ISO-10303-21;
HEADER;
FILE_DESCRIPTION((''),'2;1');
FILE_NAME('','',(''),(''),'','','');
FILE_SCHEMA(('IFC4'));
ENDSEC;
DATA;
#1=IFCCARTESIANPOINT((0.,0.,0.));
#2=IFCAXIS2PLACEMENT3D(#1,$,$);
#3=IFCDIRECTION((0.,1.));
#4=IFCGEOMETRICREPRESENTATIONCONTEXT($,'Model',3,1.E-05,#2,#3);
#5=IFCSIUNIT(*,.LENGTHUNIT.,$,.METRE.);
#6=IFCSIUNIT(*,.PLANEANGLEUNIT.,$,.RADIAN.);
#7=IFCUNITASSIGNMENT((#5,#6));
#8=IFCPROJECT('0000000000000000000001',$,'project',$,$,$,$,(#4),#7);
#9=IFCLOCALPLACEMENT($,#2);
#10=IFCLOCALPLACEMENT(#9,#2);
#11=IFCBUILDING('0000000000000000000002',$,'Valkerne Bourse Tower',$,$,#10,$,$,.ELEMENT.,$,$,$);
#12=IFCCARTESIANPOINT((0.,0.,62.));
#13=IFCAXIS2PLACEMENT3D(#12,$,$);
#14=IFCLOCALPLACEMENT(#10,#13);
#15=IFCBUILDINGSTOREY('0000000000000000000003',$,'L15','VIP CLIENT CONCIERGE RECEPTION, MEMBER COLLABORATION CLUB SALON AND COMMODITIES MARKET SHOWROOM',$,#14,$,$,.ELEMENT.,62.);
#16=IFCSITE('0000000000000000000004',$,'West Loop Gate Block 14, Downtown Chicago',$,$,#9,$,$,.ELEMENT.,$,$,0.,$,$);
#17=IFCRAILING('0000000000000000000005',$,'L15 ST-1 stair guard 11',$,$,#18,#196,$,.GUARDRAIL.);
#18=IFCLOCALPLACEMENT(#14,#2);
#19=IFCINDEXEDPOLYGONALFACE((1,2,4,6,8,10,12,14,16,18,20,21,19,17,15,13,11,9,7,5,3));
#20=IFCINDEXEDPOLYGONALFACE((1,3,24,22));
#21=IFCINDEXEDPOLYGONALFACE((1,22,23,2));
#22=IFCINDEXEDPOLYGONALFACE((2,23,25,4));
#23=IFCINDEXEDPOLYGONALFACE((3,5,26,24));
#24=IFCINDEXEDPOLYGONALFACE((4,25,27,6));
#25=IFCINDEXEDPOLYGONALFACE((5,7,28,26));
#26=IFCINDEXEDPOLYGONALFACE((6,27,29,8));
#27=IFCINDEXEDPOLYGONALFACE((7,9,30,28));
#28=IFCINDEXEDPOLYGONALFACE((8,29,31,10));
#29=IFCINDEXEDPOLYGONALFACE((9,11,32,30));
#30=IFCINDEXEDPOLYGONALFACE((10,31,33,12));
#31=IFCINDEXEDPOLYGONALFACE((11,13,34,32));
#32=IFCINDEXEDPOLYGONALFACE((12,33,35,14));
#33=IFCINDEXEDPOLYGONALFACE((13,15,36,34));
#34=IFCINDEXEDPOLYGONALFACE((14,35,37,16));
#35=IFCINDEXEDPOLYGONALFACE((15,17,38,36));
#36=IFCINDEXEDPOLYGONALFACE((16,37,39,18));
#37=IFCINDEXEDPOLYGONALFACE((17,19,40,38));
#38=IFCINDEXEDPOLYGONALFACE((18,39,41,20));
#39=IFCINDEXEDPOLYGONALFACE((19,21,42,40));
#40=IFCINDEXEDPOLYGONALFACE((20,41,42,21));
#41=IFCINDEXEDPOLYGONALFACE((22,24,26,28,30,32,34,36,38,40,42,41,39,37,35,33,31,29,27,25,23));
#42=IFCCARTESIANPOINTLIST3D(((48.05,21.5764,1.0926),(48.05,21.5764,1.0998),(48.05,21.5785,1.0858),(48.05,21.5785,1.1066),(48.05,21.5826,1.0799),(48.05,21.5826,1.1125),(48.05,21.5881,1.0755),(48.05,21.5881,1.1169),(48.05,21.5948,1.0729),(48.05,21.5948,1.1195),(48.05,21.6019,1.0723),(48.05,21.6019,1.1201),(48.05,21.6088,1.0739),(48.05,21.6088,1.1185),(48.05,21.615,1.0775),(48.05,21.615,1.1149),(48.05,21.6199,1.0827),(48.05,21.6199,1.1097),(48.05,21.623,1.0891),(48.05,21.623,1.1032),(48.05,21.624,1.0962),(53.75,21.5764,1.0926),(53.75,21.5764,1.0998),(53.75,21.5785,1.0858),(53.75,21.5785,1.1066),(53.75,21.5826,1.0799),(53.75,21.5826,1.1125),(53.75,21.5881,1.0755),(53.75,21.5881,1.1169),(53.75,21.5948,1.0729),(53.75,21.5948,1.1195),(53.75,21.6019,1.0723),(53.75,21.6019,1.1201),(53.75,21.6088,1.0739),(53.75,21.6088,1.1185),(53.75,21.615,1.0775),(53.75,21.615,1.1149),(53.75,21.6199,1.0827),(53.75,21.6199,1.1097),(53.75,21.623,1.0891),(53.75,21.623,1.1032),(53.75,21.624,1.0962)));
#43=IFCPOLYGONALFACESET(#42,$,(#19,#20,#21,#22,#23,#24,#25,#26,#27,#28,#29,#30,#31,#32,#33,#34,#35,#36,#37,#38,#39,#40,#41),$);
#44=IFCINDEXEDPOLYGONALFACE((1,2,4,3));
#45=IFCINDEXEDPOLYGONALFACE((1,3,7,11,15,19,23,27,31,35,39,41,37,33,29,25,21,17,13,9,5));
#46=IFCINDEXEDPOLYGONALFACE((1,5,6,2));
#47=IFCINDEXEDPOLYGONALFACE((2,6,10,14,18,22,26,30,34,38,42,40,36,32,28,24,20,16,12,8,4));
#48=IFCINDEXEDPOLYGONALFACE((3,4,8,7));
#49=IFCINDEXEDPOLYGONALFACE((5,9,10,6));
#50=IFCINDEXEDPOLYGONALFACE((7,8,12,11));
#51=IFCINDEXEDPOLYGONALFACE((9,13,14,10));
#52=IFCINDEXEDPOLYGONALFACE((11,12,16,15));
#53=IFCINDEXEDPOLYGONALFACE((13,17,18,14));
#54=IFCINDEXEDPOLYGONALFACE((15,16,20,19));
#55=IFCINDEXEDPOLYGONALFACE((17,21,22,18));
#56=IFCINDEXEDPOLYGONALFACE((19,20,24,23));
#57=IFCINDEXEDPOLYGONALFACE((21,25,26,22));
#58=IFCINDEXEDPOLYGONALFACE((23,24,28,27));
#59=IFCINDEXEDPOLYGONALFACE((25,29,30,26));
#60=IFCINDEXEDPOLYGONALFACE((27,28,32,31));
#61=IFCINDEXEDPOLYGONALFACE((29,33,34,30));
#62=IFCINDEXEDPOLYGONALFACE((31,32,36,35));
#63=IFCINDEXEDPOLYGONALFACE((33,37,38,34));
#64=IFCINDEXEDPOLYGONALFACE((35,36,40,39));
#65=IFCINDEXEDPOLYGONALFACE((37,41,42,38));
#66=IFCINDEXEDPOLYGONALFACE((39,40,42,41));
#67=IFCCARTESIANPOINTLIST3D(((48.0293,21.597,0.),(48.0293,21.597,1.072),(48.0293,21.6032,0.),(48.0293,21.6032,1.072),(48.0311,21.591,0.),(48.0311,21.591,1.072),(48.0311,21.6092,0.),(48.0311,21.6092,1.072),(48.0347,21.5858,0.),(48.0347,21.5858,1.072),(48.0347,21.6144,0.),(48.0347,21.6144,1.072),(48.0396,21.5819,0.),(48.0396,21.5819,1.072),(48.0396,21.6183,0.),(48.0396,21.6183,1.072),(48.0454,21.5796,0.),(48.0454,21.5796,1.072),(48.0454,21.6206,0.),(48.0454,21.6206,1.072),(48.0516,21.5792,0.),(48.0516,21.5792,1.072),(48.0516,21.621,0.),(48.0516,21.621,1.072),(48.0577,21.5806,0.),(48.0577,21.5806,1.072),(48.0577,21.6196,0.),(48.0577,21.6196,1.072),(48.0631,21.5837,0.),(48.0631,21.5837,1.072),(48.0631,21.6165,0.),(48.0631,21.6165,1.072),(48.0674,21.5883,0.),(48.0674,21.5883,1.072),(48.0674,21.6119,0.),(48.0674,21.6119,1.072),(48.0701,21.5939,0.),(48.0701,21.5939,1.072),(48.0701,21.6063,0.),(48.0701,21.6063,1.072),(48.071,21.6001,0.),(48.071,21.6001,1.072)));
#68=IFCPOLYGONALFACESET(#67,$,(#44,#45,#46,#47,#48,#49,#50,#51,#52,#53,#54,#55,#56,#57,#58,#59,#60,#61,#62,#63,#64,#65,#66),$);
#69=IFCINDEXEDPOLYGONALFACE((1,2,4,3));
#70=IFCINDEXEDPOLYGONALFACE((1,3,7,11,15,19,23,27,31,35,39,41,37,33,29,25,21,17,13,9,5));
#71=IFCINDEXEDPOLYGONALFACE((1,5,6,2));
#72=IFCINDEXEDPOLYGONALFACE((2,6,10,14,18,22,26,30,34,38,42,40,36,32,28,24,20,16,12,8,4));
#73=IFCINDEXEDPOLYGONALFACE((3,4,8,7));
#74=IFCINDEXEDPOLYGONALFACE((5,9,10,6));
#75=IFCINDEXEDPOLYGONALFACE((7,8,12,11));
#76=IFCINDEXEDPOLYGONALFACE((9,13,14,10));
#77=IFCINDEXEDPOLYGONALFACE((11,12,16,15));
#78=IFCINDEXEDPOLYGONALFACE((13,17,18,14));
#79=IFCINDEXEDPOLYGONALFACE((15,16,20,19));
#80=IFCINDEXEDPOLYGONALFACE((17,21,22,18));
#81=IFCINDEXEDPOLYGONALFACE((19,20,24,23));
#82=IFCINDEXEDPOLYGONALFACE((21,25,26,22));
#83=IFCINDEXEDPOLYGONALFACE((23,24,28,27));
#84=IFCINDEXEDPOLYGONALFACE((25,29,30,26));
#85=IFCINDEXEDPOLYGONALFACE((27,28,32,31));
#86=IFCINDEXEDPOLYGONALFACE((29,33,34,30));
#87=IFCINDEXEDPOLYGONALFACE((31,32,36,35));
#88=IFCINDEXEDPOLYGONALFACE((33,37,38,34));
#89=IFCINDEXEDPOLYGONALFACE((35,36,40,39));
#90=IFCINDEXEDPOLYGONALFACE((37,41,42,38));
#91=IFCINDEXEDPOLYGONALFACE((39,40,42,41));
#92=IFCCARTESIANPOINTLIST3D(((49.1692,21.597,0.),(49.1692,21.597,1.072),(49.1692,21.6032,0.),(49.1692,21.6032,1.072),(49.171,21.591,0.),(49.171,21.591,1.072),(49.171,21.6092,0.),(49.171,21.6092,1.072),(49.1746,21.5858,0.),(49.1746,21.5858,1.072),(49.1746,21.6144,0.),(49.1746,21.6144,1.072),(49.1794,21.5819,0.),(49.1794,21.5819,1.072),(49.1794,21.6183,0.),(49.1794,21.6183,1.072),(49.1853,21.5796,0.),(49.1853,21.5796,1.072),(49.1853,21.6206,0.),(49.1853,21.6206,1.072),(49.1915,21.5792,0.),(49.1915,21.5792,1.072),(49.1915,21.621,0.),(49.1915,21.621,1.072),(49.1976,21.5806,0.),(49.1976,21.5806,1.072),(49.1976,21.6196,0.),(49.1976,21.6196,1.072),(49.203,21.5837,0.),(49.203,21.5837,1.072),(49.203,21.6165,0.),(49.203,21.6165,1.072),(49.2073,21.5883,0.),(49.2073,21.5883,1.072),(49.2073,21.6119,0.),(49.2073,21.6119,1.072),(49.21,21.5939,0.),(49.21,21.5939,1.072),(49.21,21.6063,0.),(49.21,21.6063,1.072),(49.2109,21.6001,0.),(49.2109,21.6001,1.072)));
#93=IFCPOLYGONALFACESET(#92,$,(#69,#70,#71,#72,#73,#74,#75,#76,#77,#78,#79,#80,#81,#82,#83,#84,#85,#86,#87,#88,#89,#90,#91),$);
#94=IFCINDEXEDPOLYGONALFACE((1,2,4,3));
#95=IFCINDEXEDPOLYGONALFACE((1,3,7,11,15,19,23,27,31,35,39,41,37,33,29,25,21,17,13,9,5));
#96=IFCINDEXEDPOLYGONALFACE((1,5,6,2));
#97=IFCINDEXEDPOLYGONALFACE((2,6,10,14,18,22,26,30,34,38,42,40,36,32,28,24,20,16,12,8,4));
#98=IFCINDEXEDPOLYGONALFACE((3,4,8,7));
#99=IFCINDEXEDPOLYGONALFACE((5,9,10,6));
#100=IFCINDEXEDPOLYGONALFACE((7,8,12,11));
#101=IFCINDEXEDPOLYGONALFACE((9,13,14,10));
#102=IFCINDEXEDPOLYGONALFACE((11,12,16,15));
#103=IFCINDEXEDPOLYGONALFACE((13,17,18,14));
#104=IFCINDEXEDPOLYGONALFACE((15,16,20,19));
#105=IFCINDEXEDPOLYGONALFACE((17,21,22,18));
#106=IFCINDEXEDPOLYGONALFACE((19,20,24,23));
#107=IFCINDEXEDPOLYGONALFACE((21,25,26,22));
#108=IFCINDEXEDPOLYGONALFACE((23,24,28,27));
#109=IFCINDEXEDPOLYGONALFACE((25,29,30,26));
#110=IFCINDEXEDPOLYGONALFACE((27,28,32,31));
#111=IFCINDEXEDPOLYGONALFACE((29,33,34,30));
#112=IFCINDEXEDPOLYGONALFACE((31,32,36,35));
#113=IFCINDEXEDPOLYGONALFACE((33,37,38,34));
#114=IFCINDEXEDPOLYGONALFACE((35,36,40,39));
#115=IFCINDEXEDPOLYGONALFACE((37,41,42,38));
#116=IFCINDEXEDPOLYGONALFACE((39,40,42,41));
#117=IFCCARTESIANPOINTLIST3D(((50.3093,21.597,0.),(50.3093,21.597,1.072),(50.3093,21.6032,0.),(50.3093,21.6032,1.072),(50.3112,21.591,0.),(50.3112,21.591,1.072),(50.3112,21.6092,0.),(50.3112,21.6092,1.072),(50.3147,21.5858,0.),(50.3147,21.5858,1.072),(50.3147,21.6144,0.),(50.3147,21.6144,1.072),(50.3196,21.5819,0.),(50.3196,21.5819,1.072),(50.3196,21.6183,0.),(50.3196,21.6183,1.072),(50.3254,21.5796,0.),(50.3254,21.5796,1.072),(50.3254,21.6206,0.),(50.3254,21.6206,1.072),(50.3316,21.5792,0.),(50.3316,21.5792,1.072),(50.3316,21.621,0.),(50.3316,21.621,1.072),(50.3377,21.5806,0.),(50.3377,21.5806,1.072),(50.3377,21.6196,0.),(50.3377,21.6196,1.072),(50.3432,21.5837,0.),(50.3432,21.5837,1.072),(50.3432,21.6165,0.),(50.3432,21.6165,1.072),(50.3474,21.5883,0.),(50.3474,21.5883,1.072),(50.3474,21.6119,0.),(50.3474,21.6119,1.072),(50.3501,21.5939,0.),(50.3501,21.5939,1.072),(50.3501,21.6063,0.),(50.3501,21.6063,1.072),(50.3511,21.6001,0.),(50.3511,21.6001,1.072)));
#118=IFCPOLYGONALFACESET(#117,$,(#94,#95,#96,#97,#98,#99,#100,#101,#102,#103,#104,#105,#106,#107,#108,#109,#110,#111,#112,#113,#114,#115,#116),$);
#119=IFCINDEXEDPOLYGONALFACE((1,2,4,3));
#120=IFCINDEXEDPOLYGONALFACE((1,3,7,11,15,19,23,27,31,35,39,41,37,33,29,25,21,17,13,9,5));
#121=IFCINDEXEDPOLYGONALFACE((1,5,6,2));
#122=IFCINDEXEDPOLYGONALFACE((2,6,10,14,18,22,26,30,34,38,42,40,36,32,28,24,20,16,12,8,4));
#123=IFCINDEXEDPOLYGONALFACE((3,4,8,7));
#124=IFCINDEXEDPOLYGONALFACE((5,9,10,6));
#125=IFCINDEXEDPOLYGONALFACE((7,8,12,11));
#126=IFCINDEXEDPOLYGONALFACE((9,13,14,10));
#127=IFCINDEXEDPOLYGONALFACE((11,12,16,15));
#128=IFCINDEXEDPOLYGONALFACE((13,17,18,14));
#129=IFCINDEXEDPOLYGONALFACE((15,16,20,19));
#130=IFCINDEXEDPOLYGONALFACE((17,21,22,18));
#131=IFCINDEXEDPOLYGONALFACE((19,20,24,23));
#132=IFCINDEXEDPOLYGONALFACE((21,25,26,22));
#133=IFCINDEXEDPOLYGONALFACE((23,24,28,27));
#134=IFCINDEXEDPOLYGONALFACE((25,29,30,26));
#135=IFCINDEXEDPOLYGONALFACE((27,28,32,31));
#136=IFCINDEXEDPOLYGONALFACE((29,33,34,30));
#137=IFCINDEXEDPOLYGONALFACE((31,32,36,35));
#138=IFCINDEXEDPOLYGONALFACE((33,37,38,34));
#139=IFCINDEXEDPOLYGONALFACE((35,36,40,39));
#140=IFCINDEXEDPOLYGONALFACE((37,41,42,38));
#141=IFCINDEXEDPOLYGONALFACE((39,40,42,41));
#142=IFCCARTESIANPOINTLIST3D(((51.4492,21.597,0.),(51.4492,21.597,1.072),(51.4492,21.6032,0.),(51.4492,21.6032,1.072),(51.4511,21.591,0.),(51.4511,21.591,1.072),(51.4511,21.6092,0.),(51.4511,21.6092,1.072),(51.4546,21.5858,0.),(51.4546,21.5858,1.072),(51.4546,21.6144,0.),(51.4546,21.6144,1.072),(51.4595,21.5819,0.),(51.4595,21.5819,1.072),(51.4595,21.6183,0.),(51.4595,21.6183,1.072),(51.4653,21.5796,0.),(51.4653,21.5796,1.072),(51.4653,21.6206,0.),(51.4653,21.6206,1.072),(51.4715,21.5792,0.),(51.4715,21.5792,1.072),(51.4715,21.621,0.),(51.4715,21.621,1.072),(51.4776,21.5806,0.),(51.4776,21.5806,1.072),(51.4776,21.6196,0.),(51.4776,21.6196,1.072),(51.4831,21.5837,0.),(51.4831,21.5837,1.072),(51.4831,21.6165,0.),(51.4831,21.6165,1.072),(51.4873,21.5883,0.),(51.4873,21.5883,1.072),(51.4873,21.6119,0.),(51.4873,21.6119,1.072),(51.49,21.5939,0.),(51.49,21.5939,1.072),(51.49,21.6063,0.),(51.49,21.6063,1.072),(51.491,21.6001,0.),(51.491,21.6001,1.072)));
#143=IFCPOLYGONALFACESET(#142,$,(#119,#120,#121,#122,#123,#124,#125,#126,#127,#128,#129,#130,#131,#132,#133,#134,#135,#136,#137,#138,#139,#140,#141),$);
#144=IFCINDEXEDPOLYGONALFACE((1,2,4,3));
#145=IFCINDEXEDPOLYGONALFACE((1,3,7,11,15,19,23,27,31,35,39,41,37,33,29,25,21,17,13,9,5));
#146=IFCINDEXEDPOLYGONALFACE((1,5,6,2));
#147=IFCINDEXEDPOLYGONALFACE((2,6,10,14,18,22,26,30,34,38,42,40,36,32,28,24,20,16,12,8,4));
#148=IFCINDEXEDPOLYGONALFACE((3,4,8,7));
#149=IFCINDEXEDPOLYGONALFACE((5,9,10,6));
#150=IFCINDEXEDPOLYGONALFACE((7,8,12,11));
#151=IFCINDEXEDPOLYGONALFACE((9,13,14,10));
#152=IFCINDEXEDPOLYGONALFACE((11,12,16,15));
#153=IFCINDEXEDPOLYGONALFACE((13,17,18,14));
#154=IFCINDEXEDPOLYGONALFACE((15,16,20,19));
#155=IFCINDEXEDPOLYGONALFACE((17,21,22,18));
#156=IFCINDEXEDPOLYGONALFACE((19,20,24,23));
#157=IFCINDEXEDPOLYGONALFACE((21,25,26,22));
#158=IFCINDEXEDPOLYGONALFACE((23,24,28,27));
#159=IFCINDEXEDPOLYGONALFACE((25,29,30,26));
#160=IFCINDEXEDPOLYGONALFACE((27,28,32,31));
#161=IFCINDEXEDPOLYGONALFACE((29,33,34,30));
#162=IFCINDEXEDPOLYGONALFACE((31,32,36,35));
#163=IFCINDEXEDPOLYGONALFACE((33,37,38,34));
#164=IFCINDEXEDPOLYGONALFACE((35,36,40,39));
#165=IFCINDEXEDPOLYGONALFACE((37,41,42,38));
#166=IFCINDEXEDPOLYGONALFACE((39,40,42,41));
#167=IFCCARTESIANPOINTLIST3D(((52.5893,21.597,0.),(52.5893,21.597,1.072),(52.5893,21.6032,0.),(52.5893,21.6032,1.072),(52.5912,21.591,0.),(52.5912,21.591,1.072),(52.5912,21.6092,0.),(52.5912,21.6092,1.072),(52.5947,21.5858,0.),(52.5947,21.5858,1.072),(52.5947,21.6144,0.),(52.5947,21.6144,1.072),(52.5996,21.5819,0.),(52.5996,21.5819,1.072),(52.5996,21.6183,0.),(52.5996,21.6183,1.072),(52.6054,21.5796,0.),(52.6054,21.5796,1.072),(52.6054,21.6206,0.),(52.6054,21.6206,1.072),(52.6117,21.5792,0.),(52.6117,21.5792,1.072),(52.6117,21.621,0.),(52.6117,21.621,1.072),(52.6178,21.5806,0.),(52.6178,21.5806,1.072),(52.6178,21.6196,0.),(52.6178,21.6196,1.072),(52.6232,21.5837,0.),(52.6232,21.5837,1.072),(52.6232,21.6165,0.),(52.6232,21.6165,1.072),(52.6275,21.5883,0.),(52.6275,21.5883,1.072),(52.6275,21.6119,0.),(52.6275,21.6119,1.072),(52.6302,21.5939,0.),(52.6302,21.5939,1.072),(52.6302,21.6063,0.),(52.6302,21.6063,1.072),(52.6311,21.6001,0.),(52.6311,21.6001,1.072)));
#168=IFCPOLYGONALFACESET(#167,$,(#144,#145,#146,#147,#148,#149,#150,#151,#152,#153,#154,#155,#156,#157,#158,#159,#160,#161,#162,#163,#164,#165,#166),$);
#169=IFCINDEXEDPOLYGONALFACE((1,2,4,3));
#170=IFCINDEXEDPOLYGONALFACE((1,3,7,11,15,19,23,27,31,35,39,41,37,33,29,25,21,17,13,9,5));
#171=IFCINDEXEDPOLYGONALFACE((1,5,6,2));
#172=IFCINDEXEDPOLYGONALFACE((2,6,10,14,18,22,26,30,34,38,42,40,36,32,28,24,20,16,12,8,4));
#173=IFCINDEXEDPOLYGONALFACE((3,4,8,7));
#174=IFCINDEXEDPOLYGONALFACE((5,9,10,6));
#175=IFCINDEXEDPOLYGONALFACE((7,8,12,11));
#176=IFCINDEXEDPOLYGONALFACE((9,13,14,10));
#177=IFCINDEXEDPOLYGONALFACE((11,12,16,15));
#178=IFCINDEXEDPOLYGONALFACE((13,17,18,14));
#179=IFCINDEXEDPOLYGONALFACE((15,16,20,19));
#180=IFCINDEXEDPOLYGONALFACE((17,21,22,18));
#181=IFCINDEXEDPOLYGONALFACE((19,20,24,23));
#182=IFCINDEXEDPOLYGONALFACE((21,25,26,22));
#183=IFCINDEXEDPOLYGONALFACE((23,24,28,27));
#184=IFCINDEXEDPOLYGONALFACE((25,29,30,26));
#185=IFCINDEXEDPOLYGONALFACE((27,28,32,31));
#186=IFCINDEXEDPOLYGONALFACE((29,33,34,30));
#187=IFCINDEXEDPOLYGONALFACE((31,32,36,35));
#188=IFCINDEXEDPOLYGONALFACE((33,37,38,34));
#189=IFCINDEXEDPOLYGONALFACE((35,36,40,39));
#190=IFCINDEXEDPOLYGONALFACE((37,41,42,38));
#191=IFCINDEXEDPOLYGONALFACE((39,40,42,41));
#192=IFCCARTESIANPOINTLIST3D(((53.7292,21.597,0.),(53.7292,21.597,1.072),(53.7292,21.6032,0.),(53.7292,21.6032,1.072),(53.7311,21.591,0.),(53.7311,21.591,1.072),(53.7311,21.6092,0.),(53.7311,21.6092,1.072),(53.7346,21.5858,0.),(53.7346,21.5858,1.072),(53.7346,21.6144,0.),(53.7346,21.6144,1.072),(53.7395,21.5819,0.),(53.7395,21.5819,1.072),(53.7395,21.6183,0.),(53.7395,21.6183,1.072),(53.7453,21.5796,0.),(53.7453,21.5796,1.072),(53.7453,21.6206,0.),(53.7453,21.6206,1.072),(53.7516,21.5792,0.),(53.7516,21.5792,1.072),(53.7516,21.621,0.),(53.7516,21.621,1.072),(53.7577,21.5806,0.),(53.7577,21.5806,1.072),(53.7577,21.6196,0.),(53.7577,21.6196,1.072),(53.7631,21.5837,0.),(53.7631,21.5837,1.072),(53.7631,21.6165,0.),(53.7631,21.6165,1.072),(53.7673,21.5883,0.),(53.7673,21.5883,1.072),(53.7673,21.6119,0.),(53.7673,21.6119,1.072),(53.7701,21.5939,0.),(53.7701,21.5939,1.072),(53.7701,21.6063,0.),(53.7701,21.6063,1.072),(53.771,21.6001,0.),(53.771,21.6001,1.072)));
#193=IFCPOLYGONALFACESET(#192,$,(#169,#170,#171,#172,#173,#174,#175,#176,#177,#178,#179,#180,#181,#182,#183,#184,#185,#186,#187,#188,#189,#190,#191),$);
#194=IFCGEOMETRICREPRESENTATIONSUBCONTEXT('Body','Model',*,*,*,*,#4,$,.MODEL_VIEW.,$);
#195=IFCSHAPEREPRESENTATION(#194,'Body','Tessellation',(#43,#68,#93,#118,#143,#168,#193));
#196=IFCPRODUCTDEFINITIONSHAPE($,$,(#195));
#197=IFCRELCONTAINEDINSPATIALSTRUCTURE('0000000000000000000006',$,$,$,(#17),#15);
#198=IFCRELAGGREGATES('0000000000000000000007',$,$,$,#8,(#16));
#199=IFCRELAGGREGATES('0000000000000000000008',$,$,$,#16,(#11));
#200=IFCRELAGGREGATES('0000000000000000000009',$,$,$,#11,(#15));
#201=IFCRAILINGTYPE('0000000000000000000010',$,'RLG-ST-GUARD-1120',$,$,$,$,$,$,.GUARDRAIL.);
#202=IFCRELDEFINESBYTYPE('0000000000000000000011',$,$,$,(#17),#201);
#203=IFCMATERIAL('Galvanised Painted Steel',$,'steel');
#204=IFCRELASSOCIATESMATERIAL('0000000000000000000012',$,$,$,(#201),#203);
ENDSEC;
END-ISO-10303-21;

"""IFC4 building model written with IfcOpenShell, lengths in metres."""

from ifc_helpers import new_model, si_unit, direction, frame, origin, origin_2d, place, context, subcontext, project, spatial, circle, extrude, material, type_object, element, save


model = new_model("IFC4")

# Units and contexts
model_context = context("Model", 3, precision=1e-05, world=origin(), true_north=direction((0.0, 1.0)))
body_context = subcontext(model_context, "Body", "Model", "MODEL_VIEW")
ifc_project = project(units=[si_unit("LENGTHUNIT", "METRE"), si_unit("PLANEANGLEUNIT", "RADIAN")], contexts=[model_context])

# Site, building, storey
site_placement = place(None, origin())
site = spatial("IfcSite", under=ifc_project, at=site_placement, Name="West Loop Gate Block 14, Downtown Chicago", CompositionType="ELEMENT", RefElevation=0.0)
building_placement = place(site_placement, origin())
building = spatial("IfcBuilding", under=site, at=building_placement, Name="Valkerne Bourse Tower", CompositionType="ELEMENT")
storey_placement = place(building_placement, frame((0.0, 0.0, 62.0)))
storey = spatial("IfcBuildingStorey", under=building, at=storey_placement, Name="L15", Description="VIP CLIENT CONCIERGE RECEPTION, MEMBER COLLABORATION CLUB SALON AND COMMODITIES MARKET SHOWROOM", CompositionType="ELEMENT", Elevation=62.0)

# Shared definitions
ifc_material_1 = material(Name="Galvanised Painted Steel", Category="steel")

# Railing
railing_type_1 = type_object("IfcRailingType", Name="RLG-ST-GUARD-1120", PredefinedType="GUARDRAIL", material=ifc_material_1)
railing_1_placement = place(storey_placement, frame((48.05, 21.6001, 0.0)))
element("IfcRailing", 1, at=railing_1_placement, inside=storey, type_object=railing_type_1, Name="L15 ST-1 stair guard 11", PredefinedType="GUARDRAIL", context=body_context, shape_type="SweptSolid", body=[
    extrude(circle(Radius=0.0239, at=origin_2d()), frame((0.0, 0.0, 1.0962), z_axis=(1.0, 0.0, 0.0), x_axis=(0.0, 1.0, 0.0)), (0.0, 0.0, 1.0), 5.7),
    extrude(circle(Radius=0.021, at=origin_2d()), origin(), (0.0, 0.0, 1.0), 1.072),
    extrude(circle(Radius=0.021, at=origin_2d()), frame((1.1399, 0.0, 0.0)), (0.0, 0.0, 1.0), 1.072),
    extrude(circle(Radius=0.021, at=origin_2d()), frame((2.28, 0.0, 0.0)), (0.0, 0.0, 1.0), 1.072),
    extrude(circle(Radius=0.021, at=origin_2d()), frame((3.4199, 0.0, 0.0)), (0.0, 0.0, 1.0), 1.072),
    extrude(circle(Radius=0.021, at=origin_2d()), frame((4.5601, 0.0, 0.0)), (0.0, 0.0, 1.0), 1.072),
    extrude(circle(Radius=0.021, at=origin_2d()), frame((5.7, 0.0, 0.0)), (0.0, 0.0, 1.0), 1.072),
])

save(model, "model.ifc")
